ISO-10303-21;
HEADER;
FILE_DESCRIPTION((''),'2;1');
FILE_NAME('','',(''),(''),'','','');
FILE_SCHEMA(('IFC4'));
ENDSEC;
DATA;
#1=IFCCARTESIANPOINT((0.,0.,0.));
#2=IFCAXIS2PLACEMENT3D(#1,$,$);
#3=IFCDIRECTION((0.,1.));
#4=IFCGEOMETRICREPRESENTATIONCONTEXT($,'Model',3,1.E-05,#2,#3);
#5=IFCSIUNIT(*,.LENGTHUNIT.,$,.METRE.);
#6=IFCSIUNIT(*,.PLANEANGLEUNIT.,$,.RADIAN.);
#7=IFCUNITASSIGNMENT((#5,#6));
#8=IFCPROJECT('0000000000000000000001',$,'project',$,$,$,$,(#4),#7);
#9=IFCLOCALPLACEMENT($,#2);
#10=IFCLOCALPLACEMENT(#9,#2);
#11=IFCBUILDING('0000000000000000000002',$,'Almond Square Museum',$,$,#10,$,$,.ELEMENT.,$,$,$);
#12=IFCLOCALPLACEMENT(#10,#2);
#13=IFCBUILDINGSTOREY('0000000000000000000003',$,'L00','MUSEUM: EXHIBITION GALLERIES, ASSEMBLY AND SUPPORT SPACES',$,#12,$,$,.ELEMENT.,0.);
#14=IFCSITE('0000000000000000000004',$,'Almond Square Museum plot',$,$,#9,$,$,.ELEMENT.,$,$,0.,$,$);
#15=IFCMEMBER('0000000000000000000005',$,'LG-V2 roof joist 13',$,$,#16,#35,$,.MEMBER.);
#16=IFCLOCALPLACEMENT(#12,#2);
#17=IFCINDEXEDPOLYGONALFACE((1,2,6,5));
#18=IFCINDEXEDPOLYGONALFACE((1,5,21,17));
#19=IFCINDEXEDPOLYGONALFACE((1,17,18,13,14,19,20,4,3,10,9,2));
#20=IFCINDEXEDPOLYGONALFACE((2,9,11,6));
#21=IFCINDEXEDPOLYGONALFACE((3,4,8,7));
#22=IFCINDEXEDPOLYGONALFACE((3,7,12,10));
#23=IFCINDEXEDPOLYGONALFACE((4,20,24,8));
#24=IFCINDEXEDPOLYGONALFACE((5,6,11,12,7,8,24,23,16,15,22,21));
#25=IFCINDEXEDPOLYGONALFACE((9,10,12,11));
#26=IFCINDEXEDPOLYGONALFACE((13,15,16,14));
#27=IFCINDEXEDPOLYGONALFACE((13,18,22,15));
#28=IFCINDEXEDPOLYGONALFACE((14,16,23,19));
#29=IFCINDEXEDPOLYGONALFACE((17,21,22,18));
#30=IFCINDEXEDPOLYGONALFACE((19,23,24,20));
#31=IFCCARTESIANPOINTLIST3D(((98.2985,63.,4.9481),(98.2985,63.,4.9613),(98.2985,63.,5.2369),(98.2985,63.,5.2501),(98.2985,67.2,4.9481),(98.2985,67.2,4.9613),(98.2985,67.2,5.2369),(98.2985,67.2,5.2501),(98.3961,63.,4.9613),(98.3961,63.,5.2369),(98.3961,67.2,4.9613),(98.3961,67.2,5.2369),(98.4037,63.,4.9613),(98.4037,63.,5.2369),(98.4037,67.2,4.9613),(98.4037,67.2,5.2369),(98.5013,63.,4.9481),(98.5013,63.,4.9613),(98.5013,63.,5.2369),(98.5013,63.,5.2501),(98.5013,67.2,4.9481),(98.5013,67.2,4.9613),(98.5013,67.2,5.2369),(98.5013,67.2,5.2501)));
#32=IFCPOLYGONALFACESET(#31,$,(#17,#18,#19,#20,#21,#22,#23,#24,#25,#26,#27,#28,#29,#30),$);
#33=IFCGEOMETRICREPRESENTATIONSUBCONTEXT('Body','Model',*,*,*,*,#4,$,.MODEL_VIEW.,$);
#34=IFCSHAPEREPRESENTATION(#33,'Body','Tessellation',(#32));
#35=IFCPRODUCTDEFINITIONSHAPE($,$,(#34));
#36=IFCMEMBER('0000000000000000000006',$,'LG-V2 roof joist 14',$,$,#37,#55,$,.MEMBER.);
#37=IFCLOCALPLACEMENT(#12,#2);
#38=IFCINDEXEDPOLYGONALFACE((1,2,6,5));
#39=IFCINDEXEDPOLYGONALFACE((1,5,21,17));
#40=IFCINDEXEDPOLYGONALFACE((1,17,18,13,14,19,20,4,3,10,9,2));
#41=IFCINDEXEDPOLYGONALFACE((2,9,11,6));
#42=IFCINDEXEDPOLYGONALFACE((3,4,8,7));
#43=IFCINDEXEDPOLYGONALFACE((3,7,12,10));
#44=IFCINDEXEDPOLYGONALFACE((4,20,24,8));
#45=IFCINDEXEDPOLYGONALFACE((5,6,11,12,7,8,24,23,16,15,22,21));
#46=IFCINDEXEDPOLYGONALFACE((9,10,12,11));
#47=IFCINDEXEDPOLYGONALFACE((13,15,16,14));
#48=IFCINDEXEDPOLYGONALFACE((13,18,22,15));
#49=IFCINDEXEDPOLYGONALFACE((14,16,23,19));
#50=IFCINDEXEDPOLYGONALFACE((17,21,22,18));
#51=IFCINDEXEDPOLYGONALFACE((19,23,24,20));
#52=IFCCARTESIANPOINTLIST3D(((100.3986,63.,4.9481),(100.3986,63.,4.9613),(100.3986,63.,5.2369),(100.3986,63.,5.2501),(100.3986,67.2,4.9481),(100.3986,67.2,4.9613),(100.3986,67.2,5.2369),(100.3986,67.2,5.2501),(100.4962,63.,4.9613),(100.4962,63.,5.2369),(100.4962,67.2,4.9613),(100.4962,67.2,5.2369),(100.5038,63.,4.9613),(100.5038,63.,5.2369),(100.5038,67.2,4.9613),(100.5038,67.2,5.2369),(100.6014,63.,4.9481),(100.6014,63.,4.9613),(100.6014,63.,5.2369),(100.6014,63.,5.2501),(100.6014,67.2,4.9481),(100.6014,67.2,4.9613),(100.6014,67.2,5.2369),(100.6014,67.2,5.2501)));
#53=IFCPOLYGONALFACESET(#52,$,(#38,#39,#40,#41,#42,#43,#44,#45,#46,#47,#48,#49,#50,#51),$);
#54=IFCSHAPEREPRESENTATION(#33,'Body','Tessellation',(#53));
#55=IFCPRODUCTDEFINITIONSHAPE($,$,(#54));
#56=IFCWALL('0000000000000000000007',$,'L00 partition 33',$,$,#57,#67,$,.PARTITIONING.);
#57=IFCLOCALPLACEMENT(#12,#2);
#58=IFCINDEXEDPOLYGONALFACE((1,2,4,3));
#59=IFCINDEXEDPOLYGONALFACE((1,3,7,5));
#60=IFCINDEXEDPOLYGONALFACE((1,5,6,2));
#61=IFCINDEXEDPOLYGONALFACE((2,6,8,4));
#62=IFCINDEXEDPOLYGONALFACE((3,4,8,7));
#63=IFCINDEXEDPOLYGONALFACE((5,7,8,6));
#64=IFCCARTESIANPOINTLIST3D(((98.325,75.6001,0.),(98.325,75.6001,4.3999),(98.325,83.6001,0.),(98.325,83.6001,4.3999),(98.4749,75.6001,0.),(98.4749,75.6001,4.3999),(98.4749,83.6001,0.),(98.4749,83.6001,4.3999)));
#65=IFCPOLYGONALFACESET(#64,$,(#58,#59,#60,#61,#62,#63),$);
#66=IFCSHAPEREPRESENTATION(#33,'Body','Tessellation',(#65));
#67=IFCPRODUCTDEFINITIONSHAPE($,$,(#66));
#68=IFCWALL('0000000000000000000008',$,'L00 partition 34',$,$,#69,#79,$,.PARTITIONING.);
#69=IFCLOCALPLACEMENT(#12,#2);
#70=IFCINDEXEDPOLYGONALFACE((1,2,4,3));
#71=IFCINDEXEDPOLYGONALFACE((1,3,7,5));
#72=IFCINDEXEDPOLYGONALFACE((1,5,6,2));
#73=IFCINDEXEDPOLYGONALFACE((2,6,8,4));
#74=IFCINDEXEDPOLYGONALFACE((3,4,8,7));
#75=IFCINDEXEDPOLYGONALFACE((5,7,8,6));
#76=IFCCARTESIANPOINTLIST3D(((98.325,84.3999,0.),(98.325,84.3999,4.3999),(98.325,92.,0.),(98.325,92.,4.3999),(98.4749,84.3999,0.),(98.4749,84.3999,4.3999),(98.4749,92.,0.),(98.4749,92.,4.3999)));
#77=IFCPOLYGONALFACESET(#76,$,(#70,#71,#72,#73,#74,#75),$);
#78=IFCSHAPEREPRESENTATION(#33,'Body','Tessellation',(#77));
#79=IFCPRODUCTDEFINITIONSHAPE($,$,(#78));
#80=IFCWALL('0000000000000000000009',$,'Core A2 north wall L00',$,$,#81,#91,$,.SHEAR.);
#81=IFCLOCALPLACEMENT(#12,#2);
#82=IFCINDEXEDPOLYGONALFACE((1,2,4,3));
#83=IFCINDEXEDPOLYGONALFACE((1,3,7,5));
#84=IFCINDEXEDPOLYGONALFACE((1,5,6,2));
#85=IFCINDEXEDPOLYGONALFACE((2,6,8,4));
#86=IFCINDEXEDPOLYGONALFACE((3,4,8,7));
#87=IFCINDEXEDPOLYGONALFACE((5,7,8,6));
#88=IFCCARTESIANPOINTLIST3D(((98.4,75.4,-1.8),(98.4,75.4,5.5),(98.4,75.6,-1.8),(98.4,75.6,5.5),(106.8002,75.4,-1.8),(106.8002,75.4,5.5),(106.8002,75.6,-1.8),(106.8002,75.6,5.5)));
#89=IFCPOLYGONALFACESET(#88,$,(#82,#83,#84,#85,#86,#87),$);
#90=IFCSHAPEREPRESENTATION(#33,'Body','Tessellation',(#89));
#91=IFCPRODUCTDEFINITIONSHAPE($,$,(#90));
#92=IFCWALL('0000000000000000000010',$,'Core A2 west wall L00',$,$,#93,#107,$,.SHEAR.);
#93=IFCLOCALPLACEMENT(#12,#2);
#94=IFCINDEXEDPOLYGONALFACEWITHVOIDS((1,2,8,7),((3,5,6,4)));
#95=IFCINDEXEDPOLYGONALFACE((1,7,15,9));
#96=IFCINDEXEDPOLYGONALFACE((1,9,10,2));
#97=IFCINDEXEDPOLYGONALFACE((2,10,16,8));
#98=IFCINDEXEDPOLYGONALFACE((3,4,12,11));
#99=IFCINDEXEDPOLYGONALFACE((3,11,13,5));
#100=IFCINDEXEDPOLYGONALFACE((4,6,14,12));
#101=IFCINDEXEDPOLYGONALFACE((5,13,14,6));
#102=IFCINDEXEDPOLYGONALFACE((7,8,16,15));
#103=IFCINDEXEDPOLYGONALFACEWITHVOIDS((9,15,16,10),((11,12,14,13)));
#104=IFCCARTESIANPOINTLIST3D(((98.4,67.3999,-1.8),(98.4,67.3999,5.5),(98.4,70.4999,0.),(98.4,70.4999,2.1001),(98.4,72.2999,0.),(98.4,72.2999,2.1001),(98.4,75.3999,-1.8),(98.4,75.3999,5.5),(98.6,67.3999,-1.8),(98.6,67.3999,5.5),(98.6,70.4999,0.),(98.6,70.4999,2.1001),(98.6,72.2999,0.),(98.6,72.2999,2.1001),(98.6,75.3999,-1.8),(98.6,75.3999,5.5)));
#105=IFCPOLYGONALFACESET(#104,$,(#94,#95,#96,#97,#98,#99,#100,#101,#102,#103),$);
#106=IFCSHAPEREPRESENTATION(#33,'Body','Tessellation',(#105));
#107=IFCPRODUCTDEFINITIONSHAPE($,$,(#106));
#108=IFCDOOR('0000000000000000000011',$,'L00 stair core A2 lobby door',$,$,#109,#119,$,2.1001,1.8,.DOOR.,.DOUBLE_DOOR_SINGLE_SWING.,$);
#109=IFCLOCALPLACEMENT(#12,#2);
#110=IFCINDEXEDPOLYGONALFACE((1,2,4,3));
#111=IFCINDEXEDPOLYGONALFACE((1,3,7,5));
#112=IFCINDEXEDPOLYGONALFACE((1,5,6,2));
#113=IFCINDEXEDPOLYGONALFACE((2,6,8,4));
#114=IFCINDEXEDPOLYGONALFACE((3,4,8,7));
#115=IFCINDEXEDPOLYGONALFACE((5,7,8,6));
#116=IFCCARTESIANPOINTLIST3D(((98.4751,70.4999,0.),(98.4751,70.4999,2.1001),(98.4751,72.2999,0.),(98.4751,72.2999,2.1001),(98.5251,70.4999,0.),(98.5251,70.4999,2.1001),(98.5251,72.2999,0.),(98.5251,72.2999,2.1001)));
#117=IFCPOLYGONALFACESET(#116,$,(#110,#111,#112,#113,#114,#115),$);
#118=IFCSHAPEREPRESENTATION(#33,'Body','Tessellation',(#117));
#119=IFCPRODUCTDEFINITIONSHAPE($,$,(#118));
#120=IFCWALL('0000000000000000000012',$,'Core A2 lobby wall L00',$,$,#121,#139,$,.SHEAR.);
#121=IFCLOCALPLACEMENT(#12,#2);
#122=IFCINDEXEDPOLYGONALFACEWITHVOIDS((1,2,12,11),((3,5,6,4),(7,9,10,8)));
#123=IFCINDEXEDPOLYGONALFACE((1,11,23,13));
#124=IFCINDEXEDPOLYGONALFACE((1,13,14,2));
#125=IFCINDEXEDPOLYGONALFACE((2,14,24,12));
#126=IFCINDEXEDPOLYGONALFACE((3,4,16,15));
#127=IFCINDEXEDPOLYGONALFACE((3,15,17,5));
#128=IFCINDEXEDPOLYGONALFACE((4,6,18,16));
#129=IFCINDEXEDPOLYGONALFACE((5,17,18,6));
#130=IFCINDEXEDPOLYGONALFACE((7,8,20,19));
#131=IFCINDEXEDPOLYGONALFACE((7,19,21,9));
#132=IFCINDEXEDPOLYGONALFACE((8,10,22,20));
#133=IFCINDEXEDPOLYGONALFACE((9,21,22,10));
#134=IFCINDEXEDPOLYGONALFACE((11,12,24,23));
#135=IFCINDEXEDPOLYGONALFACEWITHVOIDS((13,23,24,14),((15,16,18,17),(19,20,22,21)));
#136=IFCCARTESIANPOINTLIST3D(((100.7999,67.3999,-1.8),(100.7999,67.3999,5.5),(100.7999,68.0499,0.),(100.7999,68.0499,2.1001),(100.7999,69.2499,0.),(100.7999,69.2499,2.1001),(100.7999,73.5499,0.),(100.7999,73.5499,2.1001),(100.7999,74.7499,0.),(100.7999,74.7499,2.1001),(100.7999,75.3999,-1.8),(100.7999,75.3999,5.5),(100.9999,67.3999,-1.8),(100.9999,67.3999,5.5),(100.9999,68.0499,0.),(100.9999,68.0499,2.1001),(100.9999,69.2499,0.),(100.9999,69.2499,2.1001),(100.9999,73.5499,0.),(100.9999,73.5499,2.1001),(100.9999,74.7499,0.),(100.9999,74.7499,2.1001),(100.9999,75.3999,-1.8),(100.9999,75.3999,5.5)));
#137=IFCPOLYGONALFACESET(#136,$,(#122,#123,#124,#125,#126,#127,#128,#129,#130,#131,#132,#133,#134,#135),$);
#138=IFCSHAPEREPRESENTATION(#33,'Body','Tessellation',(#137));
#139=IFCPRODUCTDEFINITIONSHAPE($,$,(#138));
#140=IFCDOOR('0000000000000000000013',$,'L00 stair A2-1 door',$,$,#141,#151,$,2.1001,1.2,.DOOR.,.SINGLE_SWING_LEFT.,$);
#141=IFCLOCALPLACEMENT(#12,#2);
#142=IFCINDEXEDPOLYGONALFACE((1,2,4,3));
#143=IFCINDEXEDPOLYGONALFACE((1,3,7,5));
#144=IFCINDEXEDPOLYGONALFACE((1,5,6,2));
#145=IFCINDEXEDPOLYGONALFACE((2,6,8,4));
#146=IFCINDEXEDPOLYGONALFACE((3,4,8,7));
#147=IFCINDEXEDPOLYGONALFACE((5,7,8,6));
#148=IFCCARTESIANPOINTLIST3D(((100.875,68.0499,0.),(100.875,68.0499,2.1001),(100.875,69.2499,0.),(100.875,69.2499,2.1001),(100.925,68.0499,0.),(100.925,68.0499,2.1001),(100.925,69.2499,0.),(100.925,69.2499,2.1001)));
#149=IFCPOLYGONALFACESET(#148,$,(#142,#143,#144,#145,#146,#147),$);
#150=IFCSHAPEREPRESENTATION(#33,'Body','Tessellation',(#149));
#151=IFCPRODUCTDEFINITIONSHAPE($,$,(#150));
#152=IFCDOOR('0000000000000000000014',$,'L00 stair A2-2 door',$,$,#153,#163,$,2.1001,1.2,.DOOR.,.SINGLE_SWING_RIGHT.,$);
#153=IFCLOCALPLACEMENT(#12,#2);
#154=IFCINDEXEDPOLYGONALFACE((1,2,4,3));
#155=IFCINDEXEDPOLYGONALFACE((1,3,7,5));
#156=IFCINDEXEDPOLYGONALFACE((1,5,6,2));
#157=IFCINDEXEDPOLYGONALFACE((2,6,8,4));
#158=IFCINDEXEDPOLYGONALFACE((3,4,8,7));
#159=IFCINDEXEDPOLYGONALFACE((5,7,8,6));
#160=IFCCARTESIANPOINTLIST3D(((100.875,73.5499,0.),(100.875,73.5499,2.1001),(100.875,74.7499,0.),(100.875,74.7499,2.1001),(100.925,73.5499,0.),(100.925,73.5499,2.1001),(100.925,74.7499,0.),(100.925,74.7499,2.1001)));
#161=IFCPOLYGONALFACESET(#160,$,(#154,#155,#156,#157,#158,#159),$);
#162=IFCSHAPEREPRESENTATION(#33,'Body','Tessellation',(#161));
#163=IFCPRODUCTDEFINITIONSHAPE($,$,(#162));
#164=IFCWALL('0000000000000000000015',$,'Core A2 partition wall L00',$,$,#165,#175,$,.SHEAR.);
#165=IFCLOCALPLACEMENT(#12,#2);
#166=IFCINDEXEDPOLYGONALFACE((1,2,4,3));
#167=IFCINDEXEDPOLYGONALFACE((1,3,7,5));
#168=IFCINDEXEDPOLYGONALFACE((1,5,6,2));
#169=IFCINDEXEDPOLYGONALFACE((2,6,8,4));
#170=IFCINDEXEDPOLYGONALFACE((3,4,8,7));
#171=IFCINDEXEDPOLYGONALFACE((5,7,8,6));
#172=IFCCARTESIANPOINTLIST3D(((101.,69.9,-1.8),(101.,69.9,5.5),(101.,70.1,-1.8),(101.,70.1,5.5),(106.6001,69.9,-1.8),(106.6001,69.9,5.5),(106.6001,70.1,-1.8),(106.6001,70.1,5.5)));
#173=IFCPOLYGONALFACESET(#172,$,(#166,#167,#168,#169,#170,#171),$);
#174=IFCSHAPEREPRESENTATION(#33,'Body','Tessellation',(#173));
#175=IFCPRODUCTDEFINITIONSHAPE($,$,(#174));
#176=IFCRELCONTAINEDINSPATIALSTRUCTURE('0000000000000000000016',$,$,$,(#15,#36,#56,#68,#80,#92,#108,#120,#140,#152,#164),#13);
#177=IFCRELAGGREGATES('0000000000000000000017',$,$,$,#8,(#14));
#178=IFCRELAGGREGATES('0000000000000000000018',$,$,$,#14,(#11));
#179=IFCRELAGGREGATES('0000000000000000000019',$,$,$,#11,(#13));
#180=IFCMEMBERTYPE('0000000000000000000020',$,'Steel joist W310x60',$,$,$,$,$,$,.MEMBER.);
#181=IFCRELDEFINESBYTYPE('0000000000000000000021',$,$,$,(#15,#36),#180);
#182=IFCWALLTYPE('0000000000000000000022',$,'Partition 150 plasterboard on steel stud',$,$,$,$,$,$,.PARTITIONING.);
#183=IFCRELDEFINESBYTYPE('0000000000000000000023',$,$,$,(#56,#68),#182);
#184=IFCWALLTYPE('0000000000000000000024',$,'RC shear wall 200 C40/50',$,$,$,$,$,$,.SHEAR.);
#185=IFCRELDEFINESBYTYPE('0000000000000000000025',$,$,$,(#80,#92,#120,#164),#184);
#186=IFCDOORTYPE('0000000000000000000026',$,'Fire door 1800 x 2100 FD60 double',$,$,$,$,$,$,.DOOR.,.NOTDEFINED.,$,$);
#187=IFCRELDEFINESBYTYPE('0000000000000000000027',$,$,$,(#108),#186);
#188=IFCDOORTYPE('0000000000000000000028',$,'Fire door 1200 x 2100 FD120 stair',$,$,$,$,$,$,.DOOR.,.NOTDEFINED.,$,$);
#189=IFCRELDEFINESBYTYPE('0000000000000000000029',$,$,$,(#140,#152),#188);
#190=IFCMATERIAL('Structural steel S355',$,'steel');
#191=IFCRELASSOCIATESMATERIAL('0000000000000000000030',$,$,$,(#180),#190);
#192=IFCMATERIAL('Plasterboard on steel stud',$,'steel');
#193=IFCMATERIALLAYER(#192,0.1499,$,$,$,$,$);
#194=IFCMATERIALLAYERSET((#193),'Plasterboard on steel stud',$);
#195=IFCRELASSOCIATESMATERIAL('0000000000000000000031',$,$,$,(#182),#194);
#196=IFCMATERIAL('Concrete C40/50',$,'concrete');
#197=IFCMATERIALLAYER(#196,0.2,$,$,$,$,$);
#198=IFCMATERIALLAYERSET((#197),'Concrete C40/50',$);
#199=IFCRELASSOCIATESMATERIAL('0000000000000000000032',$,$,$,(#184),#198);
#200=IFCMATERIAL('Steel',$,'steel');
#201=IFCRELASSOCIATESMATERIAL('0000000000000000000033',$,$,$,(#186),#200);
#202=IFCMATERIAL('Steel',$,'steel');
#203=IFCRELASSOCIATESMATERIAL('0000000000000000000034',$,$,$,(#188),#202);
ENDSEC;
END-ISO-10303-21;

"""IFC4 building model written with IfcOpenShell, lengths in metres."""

from ifc_helpers import new_model, si_unit, direction, frame, frame_2d, origin, origin_2d, place, context, subcontext, project, spatial, rectangle, i_section, extrude, material, layer, layer_set, material_profile, profile_set, type_object, element, fill, save


model = new_model("IFC4")

# Units and contexts
model_context = context("Model", 3, precision=1e-05, world=origin(), true_north=direction((0.0, 1.0)))
body_context = subcontext(model_context, "Body", "Model", "MODEL_VIEW")
ifc_project = project(units=[si_unit("LENGTHUNIT", "METRE"), si_unit("PLANEANGLEUNIT", "RADIAN")], contexts=[model_context])

# Site, building, storey
site_placement = place(None, origin())
site = spatial("IfcSite", under=ifc_project, at=site_placement, Name="Almond Square Museum plot", CompositionType="ELEMENT", RefElevation=0.0)
building_placement = place(site_placement, origin())
building = spatial("IfcBuilding", under=site, at=building_placement, Name="Almond Square Museum", CompositionType="ELEMENT")
storey_placement = place(building_placement, origin())
storey = spatial("IfcBuildingStorey", under=building, at=storey_placement, Name="L00", Description="MUSEUM: EXHIBITION GALLERIES, ASSEMBLY AND SUPPORT SPACES", CompositionType="ELEMENT", Elevation=0.0)

# Members
ifc_material_1 = material(Name="Structural steel S355", Category="steel")
ifc_material_profile_1 = material_profile(ifc_material_1, i_section(OverallWidth=0.2029, OverallDepth=0.302, WebThickness=0.0076, FlangeThickness=0.0132, at=origin_2d()))
ifc_profile_set_1 = profile_set([ifc_material_profile_1], Name="Structural steel S355")
member_type = type_object("IfcMemberType", Name="Steel joist W310x60", PredefinedType="MEMBER", material=ifc_profile_set_1)
for number, where, z_axis, x_axis, name in (
    (1, (98.3999, 67.2, 5.0991), (0.0, -1.0, 0.0), (1.0, 0.0, 0.0), "LG-V2 roof joist 13"),
    (2, (100.5, 67.2, 5.0991), (0.0, -1.0, 0.0), (1.0, 0.0, 0.0), "LG-V2 roof joist 14"),
):
    element("IfcMember", number, at=place(storey_placement, frame(where, z_axis=z_axis, x_axis=x_axis)), inside=storey, type_object=member_type, Name=name, PredefinedType="MEMBER", context=body_context, shape_type="SweptSolid", body=[
        extrude(i_section(OverallWidth=0.2029, OverallDepth=0.302, WebThickness=0.0076, FlangeThickness=0.0132, at=origin_2d()), origin(), (0.0, 0.0, 1.0), 4.2),
    ])

# Walls
ifc_material_2 = material(Name="Plasterboard on steel stud", Category="steel")
ifc_layer_1 = layer(ifc_material_2, 0.1499)
ifc_layer_set_1 = layer_set([ifc_layer_1], Name="Plasterboard on steel stud")
wall_type_1 = type_object("IfcWallType", Name="Partition 150 plasterboard on steel stud", PredefinedType="PARTITIONING", material=ifc_layer_set_1)
wall_1_placement = place(storey_placement, frame((98.3999, 75.6001, 0.0), z_axis=(0.0, 0.0, 1.0), x_axis=(0.0, 1.0, 0.0)))
element("IfcWall", 3, at=wall_1_placement, inside=storey, type_object=wall_type_1, Name="L00 partition 33", PredefinedType="PARTITIONING", context=body_context, shape_type="SweptSolid", body=[
    extrude(rectangle(XDim=8.0, YDim=0.1499, at=frame_2d((4.0, 0.0))), origin(), (0.0, 0.0, 1.0), 4.3999),
])
wall_2_placement = place(storey_placement, frame((98.3999, 84.3999, 0.0), z_axis=(0.0, 0.0, 1.0), x_axis=(0.0, 1.0, 0.0)))
element("IfcWall", 4, at=wall_2_placement, inside=storey, type_object=wall_type_1, Name="L00 partition 34", PredefinedType="PARTITIONING", context=body_context, shape_type="SweptSolid", body=[
    extrude(rectangle(XDim=7.6001, YDim=0.1499, at=frame_2d((3.8, 0.0))), origin(), (0.0, 0.0, 1.0), 4.3999),
])
ifc_material_3 = material(Name="Concrete C40/50", Category="concrete")
ifc_layer_2 = layer(ifc_material_3, 0.2)
ifc_layer_set_2 = layer_set([ifc_layer_2], Name="Concrete C40/50")
wall_type_2 = type_object("IfcWallType", Name="RC shear wall 200 C40/50", PredefinedType="SHEAR", material=ifc_layer_set_2)
wall_3_placement = place(storey_placement, frame((98.3999, 75.5, -1.8), z_axis=(0.0, 0.0, 1.0), x_axis=(1.0, 0.0, 0.0)))
element("IfcWall", 5, at=wall_3_placement, inside=storey, type_object=wall_type_2, Name="Core A2 north wall L00", PredefinedType="SHEAR", context=body_context, shape_type="SweptSolid", body=[
    extrude(rectangle(XDim=8.4001, YDim=0.2, at=frame_2d((4.2002, 0.0))), origin(), (0.0, 0.0, 1.0), 7.3),
])

# Wall, opening, door
wall_4_placement = place(storey_placement, frame((98.5, 67.3999, -1.8), z_axis=(0.0, 0.0, 1.0), x_axis=(0.0, 1.0, 0.0)))
wall_4 = element("IfcWall", 6, at=wall_4_placement, inside=storey, type_object=wall_type_2, Name="Core A2 west wall L00", PredefinedType="SHEAR", context=body_context, shape_type="SweptSolid", body=[
    extrude(rectangle(XDim=8.0, YDim=0.2, at=frame_2d((4.0, 0.0))), origin(), (0.0, 0.0, 1.0), 7.3),
])
opening_1_placement = place(wall_4_placement, frame((3.1001, 0.0, 1.8)))
opening_1 = element("IfcOpeningElement", 7, at=opening_1_placement, cuts=wall_4, PredefinedType="OPENING", context=body_context, shape_type="SweptSolid", body=[
    extrude(rectangle(XDim=1.8, YDim=2.1001, at=frame_2d((0.8999, 1.05))), frame((0.0, 0.1099, 0.0), z_axis=(0.0, -1.0, 0.0), x_axis=(1.0, 0.0, 0.0)), (0.0, 0.0, 1.0), 0.22),
])
ifc_material_4 = material(Name="Steel", Category="steel")
door_type_1 = type_object("IfcDoorType", Name="Fire door 1800 x 2100 FD60 double", OperationType="NOTDEFINED", PredefinedType="DOOR", material=ifc_material_4)
door_1_placement = place(opening_1_placement, origin())
door_1 = element("IfcDoor", 8, at=door_1_placement, inside=storey, type_object=door_type_1, Name="L00 stair core A2 lobby door", OperationType="DOUBLE_DOOR_SINGLE_SWING", OverallHeight=2.1001, OverallWidth=1.8, PredefinedType="DOOR", context=body_context, shape_type="SweptSolid", body=[
    extrude(rectangle(XDim=1.8, YDim=2.1001, at=frame_2d((0.8999, 1.05))), frame((0.0, 0.0249, 0.0), z_axis=(0.0, -1.0, 0.0), x_axis=(1.0, 0.0, 0.0)), (0.0, 0.0, 1.0), 0.05),
])
fill(opening_1, door_1)

# Wall, openings, doors
wall_5_placement = place(storey_placement, frame((100.8999, 67.3999, -1.8), z_axis=(0.0, 0.0, 1.0), x_axis=(0.0, 1.0, 0.0)))
wall_5 = element("IfcWall", 9, at=wall_5_placement, inside=storey, type_object=wall_type_2, Name="Core A2 lobby wall L00", PredefinedType="SHEAR", context=body_context, shape_type="SweptSolid", body=[
    extrude(rectangle(XDim=8.0, YDim=0.2, at=frame_2d((4.0, 0.0))), origin(), (0.0, 0.0, 1.0), 7.3),
])
opening_2_placement = place(wall_5_placement, frame((0.6499, 0.0, 1.8)))
opening_2 = element("IfcOpeningElement", 10, at=opening_2_placement, cuts=wall_5, PredefinedType="OPENING", context=body_context, shape_type="SweptSolid", body=[
    extrude(rectangle(XDim=1.2, YDim=2.1001, at=frame_2d((0.6001, 1.05))), frame((0.0, 0.1099, 0.0), z_axis=(0.0, -1.0, 0.0), x_axis=(1.0, 0.0, 0.0)), (0.0, 0.0, 1.0), 0.22),
])
opening_3_placement = place(wall_5_placement, frame((6.1499, 0.0, 1.8)))
opening_3 = element("IfcOpeningElement", 11, at=opening_3_placement, cuts=wall_5, PredefinedType="OPENING", context=body_context, shape_type="SweptSolid", body=[
    extrude(rectangle(XDim=1.2, YDim=2.1001, at=frame_2d((0.6001, 1.05))), frame((0.0, 0.1099, 0.0), z_axis=(0.0, -1.0, 0.0), x_axis=(1.0, 0.0, 0.0)), (0.0, 0.0, 1.0), 0.22),
])
ifc_material_5 = material(Name="Steel", Category="steel")
door_type_2 = type_object("IfcDoorType", Name="Fire door 1200 x 2100 FD120 stair", OperationType="NOTDEFINED", PredefinedType="DOOR", material=ifc_material_5)
door_2_placement = place(opening_2_placement, origin())
door_2 = element("IfcDoor", 12, at=door_2_placement, inside=storey, type_object=door_type_2, Name="L00 stair A2-1 door", OperationType="SINGLE_SWING_LEFT", OverallHeight=2.1001, OverallWidth=1.2, PredefinedType="DOOR", context=body_context, shape_type="SweptSolid", body=[
    extrude(rectangle(XDim=1.2, YDim=2.1001, at=frame_2d((0.6001, 1.05))), frame((0.0, 0.0249, 0.0), z_axis=(0.0, -1.0, 0.0), x_axis=(1.0, 0.0, 0.0)), (0.0, 0.0, 1.0), 0.05),
])
fill(opening_2, door_2)
door_3_placement = place(opening_3_placement, origin())
door_3 = element("IfcDoor", 13, at=door_3_placement, inside=storey, type_object=door_type_2, Name="L00 stair A2-2 door", OperationType="SINGLE_SWING_RIGHT", OverallHeight=2.1001, OverallWidth=1.2, PredefinedType="DOOR", context=body_context, shape_type="SweptSolid", body=[
    extrude(rectangle(XDim=1.2, YDim=2.1001, at=frame_2d((0.6001, 1.05))), frame((0.0, 0.0249, 0.0), z_axis=(0.0, -1.0, 0.0), x_axis=(1.0, 0.0, 0.0)), (0.0, 0.0, 1.0), 0.05),
])
fill(opening_3, door_3)

# Wall
for number, where, z_axis, x_axis, name in (
    (14, (101.0, 70.0, -1.8), (0.0, 0.0, 1.0), (1.0, 0.0, 0.0), "Core A2 partition wall L00"),
):
    element("IfcWall", number, at=place(storey_placement, frame(where, z_axis=z_axis, x_axis=x_axis)), inside=storey, type_object=wall_type_2, Name=name, PredefinedType="SHEAR", context=body_context, shape_type="SweptSolid", body=[
        extrude(rectangle(XDim=5.6001, YDim=0.2, at=frame_2d((2.8, 0.0))), origin(), (0.0, 0.0, 1.0), 7.3),
    ])

save(model, "model.ifc")
